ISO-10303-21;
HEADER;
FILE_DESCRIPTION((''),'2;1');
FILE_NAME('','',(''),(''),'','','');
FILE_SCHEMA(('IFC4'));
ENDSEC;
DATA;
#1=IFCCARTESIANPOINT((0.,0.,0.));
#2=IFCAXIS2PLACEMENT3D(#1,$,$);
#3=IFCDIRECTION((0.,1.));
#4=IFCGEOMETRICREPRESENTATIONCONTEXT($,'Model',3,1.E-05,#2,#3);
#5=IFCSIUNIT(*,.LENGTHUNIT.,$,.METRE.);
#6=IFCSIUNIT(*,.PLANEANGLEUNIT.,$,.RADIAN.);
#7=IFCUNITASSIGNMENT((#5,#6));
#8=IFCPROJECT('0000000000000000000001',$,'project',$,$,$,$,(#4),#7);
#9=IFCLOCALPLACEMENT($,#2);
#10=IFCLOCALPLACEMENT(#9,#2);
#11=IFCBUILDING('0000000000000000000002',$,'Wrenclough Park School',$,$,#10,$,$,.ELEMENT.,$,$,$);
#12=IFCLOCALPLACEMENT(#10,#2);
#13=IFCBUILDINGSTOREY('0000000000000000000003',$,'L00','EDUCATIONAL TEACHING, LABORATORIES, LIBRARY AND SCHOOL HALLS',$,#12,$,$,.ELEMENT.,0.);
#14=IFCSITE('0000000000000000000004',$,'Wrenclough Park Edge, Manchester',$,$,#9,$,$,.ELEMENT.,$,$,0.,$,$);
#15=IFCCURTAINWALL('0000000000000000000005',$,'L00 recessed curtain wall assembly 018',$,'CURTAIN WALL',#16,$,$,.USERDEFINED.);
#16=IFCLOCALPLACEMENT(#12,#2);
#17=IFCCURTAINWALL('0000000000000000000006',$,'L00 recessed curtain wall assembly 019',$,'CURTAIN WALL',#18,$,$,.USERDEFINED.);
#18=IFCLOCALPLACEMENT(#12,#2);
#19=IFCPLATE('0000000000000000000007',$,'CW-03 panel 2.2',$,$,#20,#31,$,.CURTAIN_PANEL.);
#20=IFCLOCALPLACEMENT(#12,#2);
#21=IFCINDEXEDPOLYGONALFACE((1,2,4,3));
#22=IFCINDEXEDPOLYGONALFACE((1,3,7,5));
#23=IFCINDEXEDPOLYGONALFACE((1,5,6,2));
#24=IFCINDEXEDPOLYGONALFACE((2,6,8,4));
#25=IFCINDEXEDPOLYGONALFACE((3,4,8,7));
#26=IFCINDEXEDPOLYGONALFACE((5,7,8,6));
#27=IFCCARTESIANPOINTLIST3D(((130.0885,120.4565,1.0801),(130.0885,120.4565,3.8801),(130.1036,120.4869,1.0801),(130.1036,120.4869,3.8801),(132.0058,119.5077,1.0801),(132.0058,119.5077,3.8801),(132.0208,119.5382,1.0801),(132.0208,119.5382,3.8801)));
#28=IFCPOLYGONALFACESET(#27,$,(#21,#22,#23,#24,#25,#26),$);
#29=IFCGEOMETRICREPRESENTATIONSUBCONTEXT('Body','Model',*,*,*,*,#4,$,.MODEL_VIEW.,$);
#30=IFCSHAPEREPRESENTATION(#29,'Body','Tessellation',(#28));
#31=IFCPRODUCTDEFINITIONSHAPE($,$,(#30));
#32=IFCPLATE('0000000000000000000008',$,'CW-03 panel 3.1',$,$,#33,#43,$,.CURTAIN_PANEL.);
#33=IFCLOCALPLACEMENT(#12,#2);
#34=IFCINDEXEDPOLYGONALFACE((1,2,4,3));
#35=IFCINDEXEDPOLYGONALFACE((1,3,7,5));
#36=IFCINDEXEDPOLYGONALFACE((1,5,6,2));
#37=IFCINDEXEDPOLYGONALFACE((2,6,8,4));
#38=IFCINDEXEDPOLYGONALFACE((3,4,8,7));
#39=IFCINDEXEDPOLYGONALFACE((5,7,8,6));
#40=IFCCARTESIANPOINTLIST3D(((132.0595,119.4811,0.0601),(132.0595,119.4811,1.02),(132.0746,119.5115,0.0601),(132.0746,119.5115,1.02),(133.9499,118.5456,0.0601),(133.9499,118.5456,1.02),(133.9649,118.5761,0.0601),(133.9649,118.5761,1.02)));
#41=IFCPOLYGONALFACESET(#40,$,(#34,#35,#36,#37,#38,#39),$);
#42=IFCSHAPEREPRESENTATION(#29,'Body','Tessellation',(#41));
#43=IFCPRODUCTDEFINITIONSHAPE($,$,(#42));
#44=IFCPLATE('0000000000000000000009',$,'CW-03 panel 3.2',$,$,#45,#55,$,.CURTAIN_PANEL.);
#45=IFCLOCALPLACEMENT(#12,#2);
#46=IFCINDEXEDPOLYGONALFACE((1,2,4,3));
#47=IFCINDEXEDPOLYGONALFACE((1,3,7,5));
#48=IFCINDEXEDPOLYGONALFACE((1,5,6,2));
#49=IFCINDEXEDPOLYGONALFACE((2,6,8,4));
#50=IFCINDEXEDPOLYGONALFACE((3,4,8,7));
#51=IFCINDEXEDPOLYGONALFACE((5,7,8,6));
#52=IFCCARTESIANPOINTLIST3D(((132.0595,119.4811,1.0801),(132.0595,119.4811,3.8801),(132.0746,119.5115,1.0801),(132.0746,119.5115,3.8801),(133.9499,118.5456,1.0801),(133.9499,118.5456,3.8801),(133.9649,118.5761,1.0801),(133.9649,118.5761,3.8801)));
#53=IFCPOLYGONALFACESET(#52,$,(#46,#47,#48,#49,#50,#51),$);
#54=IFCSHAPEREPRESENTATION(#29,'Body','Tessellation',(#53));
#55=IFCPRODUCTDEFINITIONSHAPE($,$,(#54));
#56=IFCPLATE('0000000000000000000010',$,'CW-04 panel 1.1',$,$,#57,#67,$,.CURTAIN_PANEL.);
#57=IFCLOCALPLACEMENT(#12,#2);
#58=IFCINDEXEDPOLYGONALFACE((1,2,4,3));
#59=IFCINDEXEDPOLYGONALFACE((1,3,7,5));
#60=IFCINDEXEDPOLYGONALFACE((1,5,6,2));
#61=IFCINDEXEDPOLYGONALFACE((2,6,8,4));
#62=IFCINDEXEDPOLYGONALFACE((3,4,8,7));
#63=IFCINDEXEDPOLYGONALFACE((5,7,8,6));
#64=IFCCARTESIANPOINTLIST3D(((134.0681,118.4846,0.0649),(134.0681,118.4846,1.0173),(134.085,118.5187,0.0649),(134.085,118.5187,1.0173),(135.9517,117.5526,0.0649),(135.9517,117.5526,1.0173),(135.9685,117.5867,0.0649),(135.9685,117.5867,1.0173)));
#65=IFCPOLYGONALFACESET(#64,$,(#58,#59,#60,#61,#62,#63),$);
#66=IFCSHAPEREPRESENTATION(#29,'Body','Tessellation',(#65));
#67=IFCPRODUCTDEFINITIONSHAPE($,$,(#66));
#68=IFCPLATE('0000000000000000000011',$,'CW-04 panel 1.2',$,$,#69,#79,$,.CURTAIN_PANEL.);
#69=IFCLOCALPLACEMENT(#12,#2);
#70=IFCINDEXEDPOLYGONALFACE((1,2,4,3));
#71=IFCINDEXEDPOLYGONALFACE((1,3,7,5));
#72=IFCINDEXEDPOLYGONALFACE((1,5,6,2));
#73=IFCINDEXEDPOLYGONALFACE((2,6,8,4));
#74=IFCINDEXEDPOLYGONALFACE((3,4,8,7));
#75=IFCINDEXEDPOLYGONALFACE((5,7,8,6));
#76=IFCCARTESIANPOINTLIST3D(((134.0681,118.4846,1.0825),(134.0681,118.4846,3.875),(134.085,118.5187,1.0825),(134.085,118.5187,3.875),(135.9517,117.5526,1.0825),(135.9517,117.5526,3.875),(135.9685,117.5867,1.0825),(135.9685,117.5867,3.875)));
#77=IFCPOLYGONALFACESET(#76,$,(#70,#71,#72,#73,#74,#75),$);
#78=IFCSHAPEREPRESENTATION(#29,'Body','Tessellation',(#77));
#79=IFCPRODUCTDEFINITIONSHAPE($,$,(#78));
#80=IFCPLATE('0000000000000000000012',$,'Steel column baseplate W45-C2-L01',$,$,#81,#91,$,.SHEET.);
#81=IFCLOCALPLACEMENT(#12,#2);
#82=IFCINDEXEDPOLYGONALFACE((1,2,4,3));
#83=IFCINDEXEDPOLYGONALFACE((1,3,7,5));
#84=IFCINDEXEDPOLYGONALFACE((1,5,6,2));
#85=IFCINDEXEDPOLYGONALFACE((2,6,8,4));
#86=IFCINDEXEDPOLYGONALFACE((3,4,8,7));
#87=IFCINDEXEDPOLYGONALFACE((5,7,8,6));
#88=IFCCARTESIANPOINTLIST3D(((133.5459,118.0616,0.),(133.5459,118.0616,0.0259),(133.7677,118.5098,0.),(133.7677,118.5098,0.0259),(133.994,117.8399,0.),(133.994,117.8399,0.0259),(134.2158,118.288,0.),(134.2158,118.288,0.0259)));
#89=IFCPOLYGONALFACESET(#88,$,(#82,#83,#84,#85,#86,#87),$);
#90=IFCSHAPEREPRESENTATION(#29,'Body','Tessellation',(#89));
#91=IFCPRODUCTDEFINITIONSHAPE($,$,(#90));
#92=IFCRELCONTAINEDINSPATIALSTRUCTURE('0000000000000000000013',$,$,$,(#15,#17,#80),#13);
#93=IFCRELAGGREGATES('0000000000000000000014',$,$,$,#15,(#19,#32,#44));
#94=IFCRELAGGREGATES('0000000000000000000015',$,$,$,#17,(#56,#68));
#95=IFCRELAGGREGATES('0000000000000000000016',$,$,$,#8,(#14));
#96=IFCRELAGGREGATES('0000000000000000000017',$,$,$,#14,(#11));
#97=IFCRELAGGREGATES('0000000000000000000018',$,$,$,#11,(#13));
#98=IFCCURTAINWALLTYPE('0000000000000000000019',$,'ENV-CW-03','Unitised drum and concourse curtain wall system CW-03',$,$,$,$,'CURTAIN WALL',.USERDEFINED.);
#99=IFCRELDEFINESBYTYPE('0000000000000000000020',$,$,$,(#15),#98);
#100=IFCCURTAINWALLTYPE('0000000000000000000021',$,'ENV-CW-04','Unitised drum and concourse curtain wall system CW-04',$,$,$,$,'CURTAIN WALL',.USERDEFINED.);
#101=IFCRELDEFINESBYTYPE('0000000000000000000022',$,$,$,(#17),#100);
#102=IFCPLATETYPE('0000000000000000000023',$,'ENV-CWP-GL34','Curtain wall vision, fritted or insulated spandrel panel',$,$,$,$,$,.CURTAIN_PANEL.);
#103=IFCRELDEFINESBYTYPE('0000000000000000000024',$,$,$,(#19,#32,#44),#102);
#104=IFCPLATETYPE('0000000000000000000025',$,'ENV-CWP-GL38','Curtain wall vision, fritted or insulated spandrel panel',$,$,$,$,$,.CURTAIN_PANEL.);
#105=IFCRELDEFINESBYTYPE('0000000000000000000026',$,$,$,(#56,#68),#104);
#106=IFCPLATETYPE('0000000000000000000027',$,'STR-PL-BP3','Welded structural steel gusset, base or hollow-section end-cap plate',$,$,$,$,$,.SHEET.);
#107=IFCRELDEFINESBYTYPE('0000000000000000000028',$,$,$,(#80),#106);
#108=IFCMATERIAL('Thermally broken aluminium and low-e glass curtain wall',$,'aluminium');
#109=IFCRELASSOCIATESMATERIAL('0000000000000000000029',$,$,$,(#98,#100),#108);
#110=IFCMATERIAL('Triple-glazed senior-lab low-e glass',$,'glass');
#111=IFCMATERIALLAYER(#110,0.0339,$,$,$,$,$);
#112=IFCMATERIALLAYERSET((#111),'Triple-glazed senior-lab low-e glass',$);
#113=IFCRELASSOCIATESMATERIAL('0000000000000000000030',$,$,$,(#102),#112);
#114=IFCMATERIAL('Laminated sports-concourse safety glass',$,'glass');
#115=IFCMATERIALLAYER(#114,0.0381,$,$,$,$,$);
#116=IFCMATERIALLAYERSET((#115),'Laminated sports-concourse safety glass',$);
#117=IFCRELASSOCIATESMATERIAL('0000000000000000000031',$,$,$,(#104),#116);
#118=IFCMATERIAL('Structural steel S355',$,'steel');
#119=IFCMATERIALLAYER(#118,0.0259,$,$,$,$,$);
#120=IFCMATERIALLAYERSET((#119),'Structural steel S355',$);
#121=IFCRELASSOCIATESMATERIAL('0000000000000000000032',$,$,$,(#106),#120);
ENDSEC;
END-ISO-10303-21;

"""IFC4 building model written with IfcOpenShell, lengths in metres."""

from ifc_helpers import new_model, si_unit, direction, frame, origin, origin_2d, place, context, subcontext, project, spatial, rectangle, extrude, material, layer, layer_set, type_object, element, aggregate, save


model = new_model("IFC4")

# Units and contexts
model_context = context("Model", 3, precision=1e-05, world=origin(), true_north=direction((0.0, 1.0)))
body_context = subcontext(model_context, "Body", "Model", "MODEL_VIEW")
ifc_project = project(units=[si_unit("LENGTHUNIT", "METRE"), si_unit("PLANEANGLEUNIT", "RADIAN")], contexts=[model_context])

# Site, building, storey
site_placement = place(None, origin())
site = spatial("IfcSite", under=ifc_project, at=site_placement, Name="Wrenclough Park Edge, Manchester", CompositionType="ELEMENT", RefElevation=0.0)
building_placement = place(site_placement, origin())
building = spatial("IfcBuilding", under=site, at=building_placement, Name="Wrenclough Park School", CompositionType="ELEMENT")
storey_placement = place(building_placement, origin())
storey = spatial("IfcBuildingStorey", under=building, at=storey_placement, Name="L00", Description="EDUCATIONAL TEACHING, LABORATORIES, LIBRARY AND SCHOOL HALLS", CompositionType="ELEMENT", Elevation=0.0)

# Shared definitions
ifc_material_1 = material(Name="Structural steel S355", Category="steel")

# Curtain walls
ifc_material_2 = material(Name="Thermally broken aluminium and low-e glass curtain wall", Category="aluminium")
curtain_wall_type_1 = type_object("IfcCurtainWallType", Name="ENV-CW-03", Description="Unitised drum and concourse curtain wall system CW-03", ElementType="CURTAIN WALL", PredefinedType="USERDEFINED", material=ifc_material_2)
curtain_wall_1_placement = place(storey_placement, origin())
curtain_wall_1 = element("IfcCurtainWall", 1, at=curtain_wall_1_placement, inside=storey, type_object=curtain_wall_type_1, Name="L00 recessed curtain wall assembly 018", ObjectType="CURTAIN WALL", PredefinedType="USERDEFINED")
curtain_wall_type_2 = type_object("IfcCurtainWallType", Name="ENV-CW-04", Description="Unitised drum and concourse curtain wall system CW-04", ElementType="CURTAIN WALL", PredefinedType="USERDEFINED", material=ifc_material_2)
curtain_wall_2_placement = place(storey_placement, origin())
curtain_wall_2 = element("IfcCurtainWall", 2, at=curtain_wall_2_placement, inside=storey, type_object=curtain_wall_type_2, Name="L00 recessed curtain wall assembly 019", ObjectType="CURTAIN WALL", PredefinedType="USERDEFINED")

# Plates
ifc_material_3 = material(Name="Triple-glazed senior-lab low-e glass", Category="glass")
ifc_layer_1 = layer(ifc_material_3, 0.0339)
ifc_layer_set_1 = layer_set([ifc_layer_1], Name="Triple-glazed senior-lab low-e glass")
plate_type_1 = type_object("IfcPlateType", Name="ENV-CWP-GL34", Description="Curtain wall vision, fritted or insulated spandrel panel", PredefinedType="CURTAIN_PANEL", material=ifc_layer_set_1)
plate_1_placement = place(storey_placement, frame((131.0547, 119.9973, 1.0801), z_axis=(0.0, 0.0, 1.0), x_axis=(0.896269, -0.443511, 0.0)))
plate_1 = element("IfcPlate", 3, at=plate_1_placement, type_object=plate_type_1, Name="CW-03 panel 2.2", PredefinedType="CURTAIN_PANEL", context=body_context, shape_type="SweptSolid", body=[
    extrude(rectangle(XDim=2.1392, YDim=0.0339, at=origin_2d()), origin(), (0.0, 0.0, 1.0), 2.8),
])
plate_2_placement = place(storey_placement, frame((133.0122, 119.0286, 0.0601), z_axis=(0.0, 0.0, 1.0), x_axis=(0.896269, -0.443511, 0.0)))
plate_2 = element("IfcPlate", 4, at=plate_2_placement, type_object=plate_type_1, Name="CW-03 panel 3.1", PredefinedType="CURTAIN_PANEL", context=body_context, shape_type="SweptSolid", body=[
    extrude(rectangle(XDim=2.1091, YDim=0.0339, at=origin_2d()), origin(), (0.0, 0.0, 1.0), 0.96),
])
plate_3_placement = place(storey_placement, frame((133.0122, 119.0286, 1.0801), z_axis=(0.0, 0.0, 1.0), x_axis=(0.896269, -0.443511, 0.0)))
plate_3 = element("IfcPlate", 5, at=plate_3_placement, type_object=plate_type_1, Name="CW-03 panel 3.2", PredefinedType="CURTAIN_PANEL", context=body_context, shape_type="SweptSolid", body=[
    extrude(rectangle(XDim=2.1091, YDim=0.0339, at=origin_2d()), origin(), (0.0, 0.0, 1.0), 2.8),
])
aggregate(curtain_wall_1, [plate_1, plate_2, plate_3])
ifc_material_4 = material(Name="Laminated sports-concourse safety glass", Category="glass")
ifc_layer_2 = layer(ifc_material_4, 0.0381)
ifc_layer_set_2 = layer_set([ifc_layer_2], Name="Laminated sports-concourse safety glass")
plate_type_2 = type_object("IfcPlateType", Name="ENV-CWP-GL38", Description="Curtain wall vision, fritted or insulated spandrel panel", PredefinedType="CURTAIN_PANEL", material=ifc_layer_set_2)
plate_4_placement = place(storey_placement, frame((135.0183, 118.0356, 0.0649), z_axis=(0.0, 0.0, 1.0), x_axis=(0.896275, -0.443499, 0.0)))
plate_4 = element("IfcPlate", 6, at=plate_4_placement, type_object=plate_type_2, Name="CW-04 panel 1.1", PredefinedType="CURTAIN_PANEL", context=body_context, shape_type="SweptSolid", body=[
    extrude(rectangle(XDim=2.1016, YDim=0.0381, at=origin_2d()), origin(), (0.0, 0.0, 1.0), 0.9524),
])
plate_5_placement = place(storey_placement, frame((135.0183, 118.0356, 1.0825), z_axis=(0.0, 0.0, 1.0), x_axis=(0.896275, -0.443499, 0.0)))
plate_5 = element("IfcPlate", 7, at=plate_5_placement, type_object=plate_type_2, Name="CW-04 panel 1.2", PredefinedType="CURTAIN_PANEL", context=body_context, shape_type="SweptSolid", body=[
    extrude(rectangle(XDim=2.1016, YDim=0.0381, at=origin_2d()), origin(), (0.0, 0.0, 1.0), 2.7925),
])
aggregate(curtain_wall_2, [plate_4, plate_5])
ifc_layer_3 = layer(ifc_material_1, 0.0259)
ifc_layer_set_3 = layer_set([ifc_layer_3], Name="Structural steel S355")
plate_type_3 = type_object("IfcPlateType", Name="STR-PL-BP3", Description="Welded structural steel gusset, base or hollow-section end-cap plate", PredefinedType="SHEET", material=ifc_layer_set_3)
plate_6_placement = place(storey_placement, frame((133.8809, 118.1748, 0.0), z_axis=(0.0, 0.0, 1.0), x_axis=(0.896254, -0.443541, 0.0)))
element("IfcPlate", 8, at=plate_6_placement, inside=storey, type_object=plate_type_3, Name="Steel column baseplate W45-C2-L01", PredefinedType="SHEET", context=body_context, shape_type="SweptSolid", body=[
    extrude(rectangle(XDim=0.5, YDim=0.5, at=origin_2d()), origin(), (0.0, 0.0, 1.0), 0.0259),
])

save(model, "model.ifc")
